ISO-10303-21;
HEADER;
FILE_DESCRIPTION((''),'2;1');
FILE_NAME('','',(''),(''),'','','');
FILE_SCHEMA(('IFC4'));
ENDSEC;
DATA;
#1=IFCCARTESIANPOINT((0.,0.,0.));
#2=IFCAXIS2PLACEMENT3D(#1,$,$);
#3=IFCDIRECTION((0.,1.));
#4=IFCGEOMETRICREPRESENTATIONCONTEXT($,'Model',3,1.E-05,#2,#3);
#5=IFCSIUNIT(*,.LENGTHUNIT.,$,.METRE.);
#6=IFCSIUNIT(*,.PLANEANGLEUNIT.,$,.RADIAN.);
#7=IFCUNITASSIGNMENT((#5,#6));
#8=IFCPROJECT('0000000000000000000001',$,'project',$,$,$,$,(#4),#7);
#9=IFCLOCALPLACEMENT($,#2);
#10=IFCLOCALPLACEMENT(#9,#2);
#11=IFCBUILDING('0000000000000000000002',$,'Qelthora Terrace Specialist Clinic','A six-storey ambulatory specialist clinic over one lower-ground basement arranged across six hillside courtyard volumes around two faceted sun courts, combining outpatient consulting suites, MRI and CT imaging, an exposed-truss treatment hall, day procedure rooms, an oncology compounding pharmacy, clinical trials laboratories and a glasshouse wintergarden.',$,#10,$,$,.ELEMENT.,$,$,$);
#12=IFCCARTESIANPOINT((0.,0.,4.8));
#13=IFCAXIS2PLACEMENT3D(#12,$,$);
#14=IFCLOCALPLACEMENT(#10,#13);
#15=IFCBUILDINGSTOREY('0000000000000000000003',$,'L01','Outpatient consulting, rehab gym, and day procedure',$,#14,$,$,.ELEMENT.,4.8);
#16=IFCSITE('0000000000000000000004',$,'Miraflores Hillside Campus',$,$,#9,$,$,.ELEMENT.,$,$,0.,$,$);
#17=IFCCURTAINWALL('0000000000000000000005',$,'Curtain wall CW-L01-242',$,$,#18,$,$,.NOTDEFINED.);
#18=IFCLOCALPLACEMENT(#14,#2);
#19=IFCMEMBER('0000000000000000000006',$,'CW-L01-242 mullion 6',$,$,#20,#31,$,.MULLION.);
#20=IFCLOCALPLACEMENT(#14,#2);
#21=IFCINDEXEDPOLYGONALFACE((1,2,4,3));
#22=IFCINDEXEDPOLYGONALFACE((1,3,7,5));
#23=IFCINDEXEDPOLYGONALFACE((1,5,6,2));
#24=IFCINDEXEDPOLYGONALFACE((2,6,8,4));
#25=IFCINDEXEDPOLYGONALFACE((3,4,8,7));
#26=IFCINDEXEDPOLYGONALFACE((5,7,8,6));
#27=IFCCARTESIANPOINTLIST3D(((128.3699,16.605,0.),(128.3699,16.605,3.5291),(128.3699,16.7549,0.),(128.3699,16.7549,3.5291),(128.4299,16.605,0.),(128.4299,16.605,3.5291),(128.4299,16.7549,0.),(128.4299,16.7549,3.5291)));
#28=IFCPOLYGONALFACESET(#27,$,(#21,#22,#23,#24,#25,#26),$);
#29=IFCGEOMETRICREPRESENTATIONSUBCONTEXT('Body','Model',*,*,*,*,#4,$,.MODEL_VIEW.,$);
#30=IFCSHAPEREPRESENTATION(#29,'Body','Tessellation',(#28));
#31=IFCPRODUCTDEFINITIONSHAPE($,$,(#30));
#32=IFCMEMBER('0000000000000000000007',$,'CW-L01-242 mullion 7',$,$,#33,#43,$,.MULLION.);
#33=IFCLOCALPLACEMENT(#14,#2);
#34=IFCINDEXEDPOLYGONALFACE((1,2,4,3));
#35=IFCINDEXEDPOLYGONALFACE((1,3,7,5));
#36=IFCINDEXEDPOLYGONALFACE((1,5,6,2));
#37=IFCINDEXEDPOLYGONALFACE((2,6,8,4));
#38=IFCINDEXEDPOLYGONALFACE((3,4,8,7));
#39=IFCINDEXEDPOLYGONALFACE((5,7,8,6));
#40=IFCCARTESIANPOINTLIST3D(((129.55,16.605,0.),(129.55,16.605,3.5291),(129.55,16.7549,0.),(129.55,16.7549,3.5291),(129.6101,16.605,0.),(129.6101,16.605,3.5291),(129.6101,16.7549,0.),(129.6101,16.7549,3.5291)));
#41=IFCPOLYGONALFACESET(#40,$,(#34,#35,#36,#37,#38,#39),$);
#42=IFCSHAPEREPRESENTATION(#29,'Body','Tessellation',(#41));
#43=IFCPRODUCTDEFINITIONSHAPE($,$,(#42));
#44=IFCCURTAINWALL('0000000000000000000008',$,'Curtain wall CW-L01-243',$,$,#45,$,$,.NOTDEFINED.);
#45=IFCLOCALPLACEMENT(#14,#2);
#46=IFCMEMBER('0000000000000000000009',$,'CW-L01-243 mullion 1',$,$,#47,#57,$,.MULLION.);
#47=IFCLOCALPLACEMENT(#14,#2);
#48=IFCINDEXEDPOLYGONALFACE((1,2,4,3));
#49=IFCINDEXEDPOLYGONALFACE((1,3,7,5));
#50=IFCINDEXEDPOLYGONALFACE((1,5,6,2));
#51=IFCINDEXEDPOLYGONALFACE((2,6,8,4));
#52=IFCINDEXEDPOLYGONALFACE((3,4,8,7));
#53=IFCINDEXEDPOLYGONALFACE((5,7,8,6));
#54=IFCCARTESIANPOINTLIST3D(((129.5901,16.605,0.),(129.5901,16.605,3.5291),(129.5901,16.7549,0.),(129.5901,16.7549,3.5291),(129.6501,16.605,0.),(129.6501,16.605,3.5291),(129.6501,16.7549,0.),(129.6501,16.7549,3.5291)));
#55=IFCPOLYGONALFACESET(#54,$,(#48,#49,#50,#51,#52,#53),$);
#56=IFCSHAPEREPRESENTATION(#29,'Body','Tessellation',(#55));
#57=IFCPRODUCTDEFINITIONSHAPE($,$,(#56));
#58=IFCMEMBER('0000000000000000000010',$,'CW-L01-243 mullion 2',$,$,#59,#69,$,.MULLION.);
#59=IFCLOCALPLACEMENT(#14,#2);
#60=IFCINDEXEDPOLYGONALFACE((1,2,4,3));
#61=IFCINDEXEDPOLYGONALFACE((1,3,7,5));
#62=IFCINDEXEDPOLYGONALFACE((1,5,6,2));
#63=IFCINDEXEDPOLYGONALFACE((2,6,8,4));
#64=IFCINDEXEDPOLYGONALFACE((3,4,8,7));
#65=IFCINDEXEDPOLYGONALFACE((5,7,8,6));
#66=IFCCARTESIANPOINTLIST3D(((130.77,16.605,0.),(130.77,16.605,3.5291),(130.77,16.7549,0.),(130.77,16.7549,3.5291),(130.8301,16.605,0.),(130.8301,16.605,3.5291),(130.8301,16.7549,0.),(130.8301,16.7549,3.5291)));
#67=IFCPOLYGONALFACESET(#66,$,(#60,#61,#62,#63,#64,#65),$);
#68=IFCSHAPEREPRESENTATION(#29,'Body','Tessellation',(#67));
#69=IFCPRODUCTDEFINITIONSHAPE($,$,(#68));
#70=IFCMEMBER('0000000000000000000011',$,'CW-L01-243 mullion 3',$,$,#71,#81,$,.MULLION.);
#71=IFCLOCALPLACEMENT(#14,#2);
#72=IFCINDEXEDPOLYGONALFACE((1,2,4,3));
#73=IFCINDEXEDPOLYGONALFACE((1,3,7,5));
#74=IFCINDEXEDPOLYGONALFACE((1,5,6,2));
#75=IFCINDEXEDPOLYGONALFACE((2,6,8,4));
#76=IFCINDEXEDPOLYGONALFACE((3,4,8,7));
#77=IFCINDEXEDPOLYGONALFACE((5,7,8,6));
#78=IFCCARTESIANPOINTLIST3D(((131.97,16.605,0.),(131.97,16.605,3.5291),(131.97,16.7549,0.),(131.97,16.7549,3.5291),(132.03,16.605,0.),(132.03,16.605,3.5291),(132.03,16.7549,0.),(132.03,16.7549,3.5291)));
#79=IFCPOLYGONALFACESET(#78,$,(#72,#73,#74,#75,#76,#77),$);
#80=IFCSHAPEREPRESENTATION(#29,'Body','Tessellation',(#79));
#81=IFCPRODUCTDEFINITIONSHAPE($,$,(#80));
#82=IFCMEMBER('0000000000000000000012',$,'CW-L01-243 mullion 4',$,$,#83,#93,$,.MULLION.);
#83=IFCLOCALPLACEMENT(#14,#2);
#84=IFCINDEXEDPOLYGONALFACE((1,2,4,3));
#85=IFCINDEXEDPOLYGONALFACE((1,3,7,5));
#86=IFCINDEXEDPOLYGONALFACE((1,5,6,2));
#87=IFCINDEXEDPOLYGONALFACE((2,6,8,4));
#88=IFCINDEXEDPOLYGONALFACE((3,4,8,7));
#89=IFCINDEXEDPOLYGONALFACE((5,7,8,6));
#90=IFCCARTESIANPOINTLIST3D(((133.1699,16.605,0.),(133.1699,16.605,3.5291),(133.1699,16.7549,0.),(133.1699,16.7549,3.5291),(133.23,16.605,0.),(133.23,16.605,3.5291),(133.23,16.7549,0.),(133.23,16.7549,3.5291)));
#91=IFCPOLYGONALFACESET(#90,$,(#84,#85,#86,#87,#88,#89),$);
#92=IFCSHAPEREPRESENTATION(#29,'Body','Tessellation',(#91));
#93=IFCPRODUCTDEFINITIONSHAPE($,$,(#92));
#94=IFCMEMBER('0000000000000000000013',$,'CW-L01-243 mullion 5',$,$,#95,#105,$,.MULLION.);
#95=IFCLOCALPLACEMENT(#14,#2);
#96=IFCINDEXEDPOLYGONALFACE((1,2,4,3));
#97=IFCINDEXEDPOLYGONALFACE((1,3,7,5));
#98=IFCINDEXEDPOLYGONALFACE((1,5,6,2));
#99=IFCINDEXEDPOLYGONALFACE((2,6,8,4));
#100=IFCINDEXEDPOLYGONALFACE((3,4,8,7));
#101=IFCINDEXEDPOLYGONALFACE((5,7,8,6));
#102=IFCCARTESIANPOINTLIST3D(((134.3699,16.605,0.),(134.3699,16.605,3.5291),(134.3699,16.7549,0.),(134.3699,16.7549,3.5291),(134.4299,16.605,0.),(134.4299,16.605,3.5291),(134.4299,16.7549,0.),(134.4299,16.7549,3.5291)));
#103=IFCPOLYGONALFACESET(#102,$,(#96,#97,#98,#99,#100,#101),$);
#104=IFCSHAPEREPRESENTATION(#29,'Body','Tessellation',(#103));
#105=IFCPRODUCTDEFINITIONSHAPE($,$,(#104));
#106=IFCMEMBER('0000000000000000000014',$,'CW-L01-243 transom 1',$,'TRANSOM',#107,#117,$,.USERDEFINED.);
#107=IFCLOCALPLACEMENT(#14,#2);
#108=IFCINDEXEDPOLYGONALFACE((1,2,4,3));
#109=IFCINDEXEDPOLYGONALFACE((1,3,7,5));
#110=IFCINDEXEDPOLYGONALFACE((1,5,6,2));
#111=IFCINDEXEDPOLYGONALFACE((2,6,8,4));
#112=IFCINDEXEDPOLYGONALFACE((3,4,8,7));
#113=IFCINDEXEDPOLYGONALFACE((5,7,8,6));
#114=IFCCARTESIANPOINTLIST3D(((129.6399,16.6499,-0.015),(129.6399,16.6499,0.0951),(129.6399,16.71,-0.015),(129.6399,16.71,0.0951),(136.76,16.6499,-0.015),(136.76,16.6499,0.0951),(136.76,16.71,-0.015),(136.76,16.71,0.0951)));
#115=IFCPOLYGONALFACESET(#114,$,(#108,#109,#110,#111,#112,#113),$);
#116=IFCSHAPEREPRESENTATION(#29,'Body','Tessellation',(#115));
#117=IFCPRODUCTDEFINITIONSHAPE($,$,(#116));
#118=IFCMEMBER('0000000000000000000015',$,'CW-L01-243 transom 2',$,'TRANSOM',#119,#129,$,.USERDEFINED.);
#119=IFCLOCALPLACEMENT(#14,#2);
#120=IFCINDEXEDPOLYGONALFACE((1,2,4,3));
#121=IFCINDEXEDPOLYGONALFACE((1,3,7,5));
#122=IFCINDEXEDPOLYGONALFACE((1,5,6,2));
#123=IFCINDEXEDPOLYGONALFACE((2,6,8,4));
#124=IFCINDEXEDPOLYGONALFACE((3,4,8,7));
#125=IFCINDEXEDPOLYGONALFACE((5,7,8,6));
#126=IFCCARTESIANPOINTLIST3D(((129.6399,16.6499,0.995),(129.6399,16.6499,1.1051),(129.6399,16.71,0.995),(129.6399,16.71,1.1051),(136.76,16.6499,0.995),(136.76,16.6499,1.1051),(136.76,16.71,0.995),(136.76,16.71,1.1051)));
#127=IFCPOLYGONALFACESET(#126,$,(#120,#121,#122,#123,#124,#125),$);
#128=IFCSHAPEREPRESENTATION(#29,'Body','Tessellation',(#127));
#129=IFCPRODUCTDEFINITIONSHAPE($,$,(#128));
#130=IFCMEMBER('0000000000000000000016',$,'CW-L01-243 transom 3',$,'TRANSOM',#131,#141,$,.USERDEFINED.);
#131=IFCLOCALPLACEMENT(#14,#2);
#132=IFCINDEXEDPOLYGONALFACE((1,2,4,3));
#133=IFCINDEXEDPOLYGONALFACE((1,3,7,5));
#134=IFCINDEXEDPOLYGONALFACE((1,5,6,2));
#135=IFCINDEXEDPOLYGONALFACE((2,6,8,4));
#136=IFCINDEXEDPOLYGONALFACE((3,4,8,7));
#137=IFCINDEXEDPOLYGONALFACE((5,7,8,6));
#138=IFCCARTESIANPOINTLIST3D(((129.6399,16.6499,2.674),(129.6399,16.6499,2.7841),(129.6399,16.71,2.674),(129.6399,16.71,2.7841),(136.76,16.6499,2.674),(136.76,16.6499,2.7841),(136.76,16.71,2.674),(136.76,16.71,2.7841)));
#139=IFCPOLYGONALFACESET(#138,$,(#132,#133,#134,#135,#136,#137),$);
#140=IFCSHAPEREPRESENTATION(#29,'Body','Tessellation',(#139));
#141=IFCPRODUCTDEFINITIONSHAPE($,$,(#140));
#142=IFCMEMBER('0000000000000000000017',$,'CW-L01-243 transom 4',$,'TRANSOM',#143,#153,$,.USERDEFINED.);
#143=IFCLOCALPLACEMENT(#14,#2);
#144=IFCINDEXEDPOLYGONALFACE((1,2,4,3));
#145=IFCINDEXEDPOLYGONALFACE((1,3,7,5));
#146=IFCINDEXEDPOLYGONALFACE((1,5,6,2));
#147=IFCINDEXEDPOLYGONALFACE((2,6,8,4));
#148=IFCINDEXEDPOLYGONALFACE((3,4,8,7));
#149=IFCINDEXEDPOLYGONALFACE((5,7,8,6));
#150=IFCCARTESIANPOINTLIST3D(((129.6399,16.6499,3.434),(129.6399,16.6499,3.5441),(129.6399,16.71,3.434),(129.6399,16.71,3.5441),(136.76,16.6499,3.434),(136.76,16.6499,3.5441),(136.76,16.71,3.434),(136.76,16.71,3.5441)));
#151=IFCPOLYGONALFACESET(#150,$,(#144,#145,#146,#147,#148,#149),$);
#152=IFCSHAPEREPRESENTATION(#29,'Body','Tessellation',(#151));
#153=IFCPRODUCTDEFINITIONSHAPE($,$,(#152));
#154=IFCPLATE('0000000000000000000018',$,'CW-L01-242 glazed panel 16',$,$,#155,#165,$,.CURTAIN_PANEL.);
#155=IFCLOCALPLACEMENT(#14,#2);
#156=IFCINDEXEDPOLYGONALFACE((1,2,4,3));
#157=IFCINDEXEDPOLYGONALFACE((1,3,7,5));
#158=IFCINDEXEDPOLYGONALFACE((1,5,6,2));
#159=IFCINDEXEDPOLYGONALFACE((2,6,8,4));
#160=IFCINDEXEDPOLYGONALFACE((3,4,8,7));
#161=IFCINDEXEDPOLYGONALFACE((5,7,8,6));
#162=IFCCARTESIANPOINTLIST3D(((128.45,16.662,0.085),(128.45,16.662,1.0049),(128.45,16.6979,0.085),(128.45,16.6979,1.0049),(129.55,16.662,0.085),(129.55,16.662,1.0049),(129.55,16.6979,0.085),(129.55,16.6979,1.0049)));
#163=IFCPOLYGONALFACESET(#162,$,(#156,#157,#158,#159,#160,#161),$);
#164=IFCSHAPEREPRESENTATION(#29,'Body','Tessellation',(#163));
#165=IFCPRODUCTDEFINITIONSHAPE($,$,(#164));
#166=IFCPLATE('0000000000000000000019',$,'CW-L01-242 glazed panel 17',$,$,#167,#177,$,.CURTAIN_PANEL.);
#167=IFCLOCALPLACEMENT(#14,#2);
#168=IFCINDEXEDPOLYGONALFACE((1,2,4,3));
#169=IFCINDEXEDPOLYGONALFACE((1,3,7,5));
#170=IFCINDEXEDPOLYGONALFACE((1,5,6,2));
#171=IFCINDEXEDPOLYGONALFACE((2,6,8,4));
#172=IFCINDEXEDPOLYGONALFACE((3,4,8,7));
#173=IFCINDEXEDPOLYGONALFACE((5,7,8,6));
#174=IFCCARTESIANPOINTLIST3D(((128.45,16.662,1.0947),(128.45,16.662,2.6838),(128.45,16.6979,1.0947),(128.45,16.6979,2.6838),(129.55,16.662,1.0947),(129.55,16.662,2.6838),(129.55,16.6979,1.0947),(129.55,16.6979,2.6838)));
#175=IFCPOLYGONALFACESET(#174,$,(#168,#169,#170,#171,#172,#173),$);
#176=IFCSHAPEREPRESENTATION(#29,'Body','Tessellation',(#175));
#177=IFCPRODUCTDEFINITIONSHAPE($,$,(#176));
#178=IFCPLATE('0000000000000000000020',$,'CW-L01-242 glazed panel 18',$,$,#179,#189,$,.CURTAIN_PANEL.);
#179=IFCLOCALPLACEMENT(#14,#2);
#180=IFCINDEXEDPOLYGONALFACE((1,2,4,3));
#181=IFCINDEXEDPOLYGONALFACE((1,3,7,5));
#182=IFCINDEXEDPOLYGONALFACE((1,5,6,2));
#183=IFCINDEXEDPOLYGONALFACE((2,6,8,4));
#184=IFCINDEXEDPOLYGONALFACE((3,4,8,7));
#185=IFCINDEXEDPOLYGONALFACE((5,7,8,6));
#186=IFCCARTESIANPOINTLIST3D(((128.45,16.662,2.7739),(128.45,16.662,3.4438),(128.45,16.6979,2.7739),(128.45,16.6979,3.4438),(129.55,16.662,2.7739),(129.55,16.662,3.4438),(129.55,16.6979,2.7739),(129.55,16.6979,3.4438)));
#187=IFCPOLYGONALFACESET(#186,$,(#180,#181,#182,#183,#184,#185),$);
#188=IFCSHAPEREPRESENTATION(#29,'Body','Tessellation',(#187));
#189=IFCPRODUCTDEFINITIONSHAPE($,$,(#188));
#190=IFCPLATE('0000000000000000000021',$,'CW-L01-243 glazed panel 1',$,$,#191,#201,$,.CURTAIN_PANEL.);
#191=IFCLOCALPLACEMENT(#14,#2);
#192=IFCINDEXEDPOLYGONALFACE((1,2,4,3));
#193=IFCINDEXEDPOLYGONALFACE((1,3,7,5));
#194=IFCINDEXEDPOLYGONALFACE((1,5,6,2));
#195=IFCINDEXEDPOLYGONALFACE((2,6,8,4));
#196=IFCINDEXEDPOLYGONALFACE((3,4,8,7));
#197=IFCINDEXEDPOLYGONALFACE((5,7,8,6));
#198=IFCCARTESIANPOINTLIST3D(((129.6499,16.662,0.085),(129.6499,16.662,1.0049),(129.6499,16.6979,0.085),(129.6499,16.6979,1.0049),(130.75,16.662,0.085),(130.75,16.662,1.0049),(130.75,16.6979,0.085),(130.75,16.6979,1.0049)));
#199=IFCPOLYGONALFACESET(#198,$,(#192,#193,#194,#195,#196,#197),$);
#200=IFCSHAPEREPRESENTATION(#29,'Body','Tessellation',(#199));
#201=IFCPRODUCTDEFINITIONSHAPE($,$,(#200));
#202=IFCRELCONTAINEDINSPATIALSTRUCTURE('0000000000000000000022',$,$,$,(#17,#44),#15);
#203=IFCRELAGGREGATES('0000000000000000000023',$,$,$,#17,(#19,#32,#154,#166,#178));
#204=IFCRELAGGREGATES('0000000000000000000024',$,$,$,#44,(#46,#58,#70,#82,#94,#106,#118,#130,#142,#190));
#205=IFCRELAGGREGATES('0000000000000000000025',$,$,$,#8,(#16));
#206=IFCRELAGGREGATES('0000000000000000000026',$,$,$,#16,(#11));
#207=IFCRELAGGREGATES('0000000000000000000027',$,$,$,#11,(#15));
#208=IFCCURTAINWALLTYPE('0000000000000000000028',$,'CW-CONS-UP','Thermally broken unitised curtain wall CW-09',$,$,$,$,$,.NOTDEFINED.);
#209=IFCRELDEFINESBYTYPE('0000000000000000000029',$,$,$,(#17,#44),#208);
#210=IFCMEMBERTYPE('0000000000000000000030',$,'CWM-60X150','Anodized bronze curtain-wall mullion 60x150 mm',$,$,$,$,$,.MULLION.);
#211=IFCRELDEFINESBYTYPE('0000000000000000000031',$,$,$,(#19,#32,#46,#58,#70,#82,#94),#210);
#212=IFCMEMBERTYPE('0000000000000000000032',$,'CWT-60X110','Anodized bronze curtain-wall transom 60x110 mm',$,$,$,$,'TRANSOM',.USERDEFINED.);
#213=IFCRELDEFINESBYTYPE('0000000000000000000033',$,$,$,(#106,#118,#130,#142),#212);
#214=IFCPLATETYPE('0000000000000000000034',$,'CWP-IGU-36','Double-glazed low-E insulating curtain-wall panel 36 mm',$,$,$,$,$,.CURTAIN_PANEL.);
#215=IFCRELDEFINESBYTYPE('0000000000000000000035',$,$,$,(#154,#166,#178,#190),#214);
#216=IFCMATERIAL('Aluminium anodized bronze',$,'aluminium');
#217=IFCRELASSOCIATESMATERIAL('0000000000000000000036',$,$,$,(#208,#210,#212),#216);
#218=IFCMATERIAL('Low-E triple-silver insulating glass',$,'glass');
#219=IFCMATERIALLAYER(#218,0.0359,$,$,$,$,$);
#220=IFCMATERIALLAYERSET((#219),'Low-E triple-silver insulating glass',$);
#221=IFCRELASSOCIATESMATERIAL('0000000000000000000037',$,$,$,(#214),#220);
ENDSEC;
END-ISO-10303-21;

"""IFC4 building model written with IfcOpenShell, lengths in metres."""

from ifc_helpers import new_model, si_unit, direction, frame, origin, origin_2d, place, context, subcontext, project, spatial, rectangle, extrude, material, layer, layer_set, material_profile, profile_set, type_object, element, aggregate, save


model = new_model("IFC4")

# Units and contexts
model_context = context("Model", 3, precision=1e-05, world=origin(), true_north=direction((0.0, 1.0)))
body_context = subcontext(model_context, "Body", "Model", "MODEL_VIEW")
ifc_project = project(units=[si_unit("LENGTHUNIT", "METRE"), si_unit("PLANEANGLEUNIT", "RADIAN")], contexts=[model_context])

# Site, building, storey
site_placement = place(None, origin())
site = spatial("IfcSite", under=ifc_project, at=site_placement, Name="Miraflores Hillside Campus", CompositionType="ELEMENT", RefElevation=0.0)
building_placement = place(site_placement, origin())
building = spatial("IfcBuilding", under=site, at=building_placement, Name="Qelthora Terrace Specialist Clinic", Description="A six-storey ambulatory specialist clinic over one lower-ground basement arranged across six hillside courtyard volumes around two faceted sun courts, combining outpatient consulting suites, MRI and CT imaging, an exposed-truss treatment hall, day procedure rooms, an oncology compounding pharmacy, clinical trials laboratories and a glasshouse wintergarden.", CompositionType="ELEMENT")
storey_placement = place(building_placement, frame((0.0, 0.0, 4.8)))
storey = spatial("IfcBuildingStorey", under=building, at=storey_placement, Name="L01", Description="Outpatient consulting, rehab gym, and day procedure", CompositionType="ELEMENT", Elevation=4.8)

# Curtain walls, members
ifc_material_1 = material(Name="Aluminium anodized bronze", Category="aluminium")
curtain_wall_type = type_object("IfcCurtainWallType", Name="CW-CONS-UP", Description="Thermally broken unitised curtain wall CW-09", PredefinedType="NOTDEFINED", material=ifc_material_1)
curtain_wall_1_placement = place(storey_placement, origin())
curtain_wall_1 = element("IfcCurtainWall", 1, at=curtain_wall_1_placement, inside=storey, type_object=curtain_wall_type, Name="Curtain wall CW-L01-242", PredefinedType="NOTDEFINED")
ifc_material_profile_1 = material_profile(ifc_material_1, rectangle(XDim=0.0601, YDim=0.1499, at=origin_2d()), Name="CWM60X150")
ifc_profile_set_1 = profile_set([ifc_material_profile_1], Name="Aluminium anodized bronze")
member_type_1 = type_object("IfcMemberType", Name="CWM-60X150", Description="Anodized bronze curtain-wall mullion 60x150 mm", PredefinedType="MULLION", material=ifc_profile_set_1)
member_1_placement = place(storey_placement, frame((128.3999, 16.6799, 0.0), z_axis=(0.0, 0.0, 1.0), x_axis=(1.0, 0.0, 0.0)))
member_1 = element("IfcMember", 2, at=member_1_placement, type_object=member_type_1, Name="CW-L01-242 mullion 6", PredefinedType="MULLION", context=body_context, shape_type="SweptSolid", body=[
    extrude(rectangle(XDim=0.0601, YDim=0.1499, at=origin_2d()), origin(), (0.0, 0.0, 1.0), 3.5291),
])
member_2_placement = place(storey_placement, frame((129.5801, 16.6799, 0.0), z_axis=(0.0, 0.0, 1.0), x_axis=(1.0, 0.0, 0.0)))
member_2 = element("IfcMember", 3, at=member_2_placement, type_object=member_type_1, Name="CW-L01-242 mullion 7", PredefinedType="MULLION", context=body_context, shape_type="SweptSolid", body=[
    extrude(rectangle(XDim=0.0601, YDim=0.1499, at=origin_2d()), origin(), (0.0, 0.0, 1.0), 3.5291),
])
curtain_wall_2_placement = place(storey_placement, origin())
curtain_wall_2 = element("IfcCurtainWall", 4, at=curtain_wall_2_placement, inside=storey, type_object=curtain_wall_type, Name="Curtain wall CW-L01-243", PredefinedType="NOTDEFINED")
member_3_placement = place(storey_placement, frame((129.6201, 16.6799, 0.0), z_axis=(0.0, 0.0, 1.0), x_axis=(1.0, 0.0, 0.0)))
member_3 = element("IfcMember", 5, at=member_3_placement, type_object=member_type_1, Name="CW-L01-243 mullion 1", PredefinedType="MULLION", context=body_context, shape_type="SweptSolid", body=[
    extrude(rectangle(XDim=0.0601, YDim=0.1499, at=origin_2d()), origin(), (0.0, 0.0, 1.0), 3.5291),
])
member_4_placement = place(storey_placement, frame((130.8, 16.6799, 0.0), z_axis=(0.0, 0.0, 1.0), x_axis=(1.0, 0.0, 0.0)))
member_4 = element("IfcMember", 6, at=member_4_placement, type_object=member_type_1, Name="CW-L01-243 mullion 2", PredefinedType="MULLION", context=body_context, shape_type="SweptSolid", body=[
    extrude(rectangle(XDim=0.0601, YDim=0.1499, at=origin_2d()), origin(), (0.0, 0.0, 1.0), 3.5291),
])
member_5_placement = place(storey_placement, frame((132.0, 16.6799, 0.0), z_axis=(0.0, 0.0, 1.0), x_axis=(1.0, 0.0, 0.0)))
member_5 = element("IfcMember", 7, at=member_5_placement, type_object=member_type_1, Name="CW-L01-243 mullion 3", PredefinedType="MULLION", context=body_context, shape_type="SweptSolid", body=[
    extrude(rectangle(XDim=0.0601, YDim=0.1499, at=origin_2d()), origin(), (0.0, 0.0, 1.0), 3.5291),
])
member_6_placement = place(storey_placement, frame((133.2, 16.6799, 0.0), z_axis=(0.0, 0.0, 1.0), x_axis=(1.0, 0.0, 0.0)))
member_6 = element("IfcMember", 8, at=member_6_placement, type_object=member_type_1, Name="CW-L01-243 mullion 4", PredefinedType="MULLION", context=body_context, shape_type="SweptSolid", body=[
    extrude(rectangle(XDim=0.0601, YDim=0.1499, at=origin_2d()), origin(), (0.0, 0.0, 1.0), 3.5291),
])
member_7_placement = place(storey_placement, frame((134.3999, 16.6799, 0.0), z_axis=(0.0, 0.0, 1.0), x_axis=(1.0, 0.0, 0.0)))
member_7 = element("IfcMember", 9, at=member_7_placement, type_object=member_type_1, Name="CW-L01-243 mullion 5", PredefinedType="MULLION", context=body_context, shape_type="SweptSolid", body=[
    extrude(rectangle(XDim=0.0601, YDim=0.1499, at=origin_2d()), origin(), (0.0, 0.0, 1.0), 3.5291),
])
ifc_material_profile_2 = material_profile(ifc_material_1, rectangle(XDim=0.0601, YDim=0.1101, at=origin_2d()), Name="CWT60X110")
ifc_profile_set_2 = profile_set([ifc_material_profile_2], Name="Aluminium anodized bronze")
member_type_2 = type_object("IfcMemberType", Name="CWT-60X110", Description="Anodized bronze curtain-wall transom 60x110 mm", ElementType="TRANSOM", PredefinedType="USERDEFINED", material=ifc_profile_set_2)
member_8_placement = place(storey_placement, frame((129.6399, 16.6799, 0.04), z_axis=(1.0, 0.0, 0.0), x_axis=(0.0, 1.0, 0.0)))
member_8 = element("IfcMember", 10, at=member_8_placement, type_object=member_type_2, Name="CW-L01-243 transom 1", ObjectType="TRANSOM", PredefinedType="USERDEFINED", context=body_context, shape_type="SweptSolid", body=[
    extrude(rectangle(XDim=0.0601, YDim=0.1101, at=origin_2d()), origin(), (0.0, 0.0, 1.0), 7.1201),
])
member_9_placement = place(storey_placement, frame((129.6399, 16.6799, 1.05), z_axis=(1.0, 0.0, 0.0), x_axis=(0.0, 1.0, 0.0)))
member_9 = element("IfcMember", 11, at=member_9_placement, type_object=member_type_2, Name="CW-L01-243 transom 2", ObjectType="TRANSOM", PredefinedType="USERDEFINED", context=body_context, shape_type="SweptSolid", body=[
    extrude(rectangle(XDim=0.0601, YDim=0.1101, at=origin_2d()), origin(), (0.0, 0.0, 1.0), 7.1201),
])
member_10_placement = place(storey_placement, frame((129.6399, 16.6799, 2.729), z_axis=(1.0, 0.0, 0.0), x_axis=(0.0, 1.0, 0.0)))
member_10 = element("IfcMember", 12, at=member_10_placement, type_object=member_type_2, Name="CW-L01-243 transom 3", ObjectType="TRANSOM", PredefinedType="USERDEFINED", context=body_context, shape_type="SweptSolid", body=[
    extrude(rectangle(XDim=0.0601, YDim=0.1101, at=origin_2d()), origin(), (0.0, 0.0, 1.0), 7.1201),
])
member_11_placement = place(storey_placement, frame((129.6399, 16.6799, 3.489), z_axis=(1.0, 0.0, 0.0), x_axis=(0.0, 1.0, 0.0)))
member_11 = element("IfcMember", 13, at=member_11_placement, type_object=member_type_2, Name="CW-L01-243 transom 4", ObjectType="TRANSOM", PredefinedType="USERDEFINED", context=body_context, shape_type="SweptSolid", body=[
    extrude(rectangle(XDim=0.0601, YDim=0.1101, at=origin_2d()), origin(), (0.0, 0.0, 1.0), 7.1201),
])

# Plates
ifc_material_2 = material(Name="Low-E triple-silver insulating glass", Category="glass")
ifc_layer = layer(ifc_material_2, 0.0359)
ifc_layer_set = layer_set([ifc_layer], Name="Low-E triple-silver insulating glass")
plate_type = type_object("IfcPlateType", Name="CWP-IGU-36", Description="Double-glazed low-E insulating curtain-wall panel 36 mm", PredefinedType="CURTAIN_PANEL", material=ifc_layer_set)
plate_1_placement = place(storey_placement, frame((129.0, 16.6799, 0.085), z_axis=(0.0, 0.0, 1.0), x_axis=(1.0, 0.0, 0.0)))
plate_1 = element("IfcPlate", 14, at=plate_1_placement, type_object=plate_type, Name="CW-L01-242 glazed panel 16", PredefinedType="CURTAIN_PANEL", context=body_context, shape_type="SweptSolid", body=[
    extrude(rectangle(XDim=1.1001, YDim=0.0359, at=origin_2d()), origin(), (0.0, 0.0, 1.0), 0.9199),
])
plate_2_placement = place(storey_placement, frame((129.0, 16.6799, 1.0947), z_axis=(0.0, 0.0, 1.0), x_axis=(1.0, 0.0, 0.0)))
plate_2 = element("IfcPlate", 15, at=plate_2_placement, type_object=plate_type, Name="CW-L01-242 glazed panel 17", PredefinedType="CURTAIN_PANEL", context=body_context, shape_type="SweptSolid", body=[
    extrude(rectangle(XDim=1.1001, YDim=0.0359, at=origin_2d()), origin(), (0.0, 0.0, 1.0), 1.5891),
])
plate_3_placement = place(storey_placement, frame((129.0, 16.6799, 2.7739), z_axis=(0.0, 0.0, 1.0), x_axis=(1.0, 0.0, 0.0)))
plate_3 = element("IfcPlate", 16, at=plate_3_placement, type_object=plate_type, Name="CW-L01-242 glazed panel 18", PredefinedType="CURTAIN_PANEL", context=body_context, shape_type="SweptSolid", body=[
    extrude(rectangle(XDim=1.1001, YDim=0.0359, at=origin_2d()), origin(), (0.0, 0.0, 1.0), 0.6699),
])
aggregate(curtain_wall_1, [member_1, member_2, plate_1, plate_2, plate_3])
plate_4_placement = place(storey_placement, frame((130.2, 16.6799, 0.085), z_axis=(0.0, 0.0, 1.0), x_axis=(1.0, 0.0, 0.0)))
plate_4 = element("IfcPlate", 17, at=plate_4_placement, type_object=plate_type, Name="CW-L01-243 glazed panel 1", PredefinedType="CURTAIN_PANEL", context=body_context, shape_type="SweptSolid", body=[
    extrude(rectangle(XDim=1.1001, YDim=0.0359, at=origin_2d()), origin(), (0.0, 0.0, 1.0), 0.9199),
])
aggregate(curtain_wall_2, [member_3, member_4, member_5, member_6, member_7, member_8, member_9, member_10, member_11, plate_4])

save(model, "model.ifc")
